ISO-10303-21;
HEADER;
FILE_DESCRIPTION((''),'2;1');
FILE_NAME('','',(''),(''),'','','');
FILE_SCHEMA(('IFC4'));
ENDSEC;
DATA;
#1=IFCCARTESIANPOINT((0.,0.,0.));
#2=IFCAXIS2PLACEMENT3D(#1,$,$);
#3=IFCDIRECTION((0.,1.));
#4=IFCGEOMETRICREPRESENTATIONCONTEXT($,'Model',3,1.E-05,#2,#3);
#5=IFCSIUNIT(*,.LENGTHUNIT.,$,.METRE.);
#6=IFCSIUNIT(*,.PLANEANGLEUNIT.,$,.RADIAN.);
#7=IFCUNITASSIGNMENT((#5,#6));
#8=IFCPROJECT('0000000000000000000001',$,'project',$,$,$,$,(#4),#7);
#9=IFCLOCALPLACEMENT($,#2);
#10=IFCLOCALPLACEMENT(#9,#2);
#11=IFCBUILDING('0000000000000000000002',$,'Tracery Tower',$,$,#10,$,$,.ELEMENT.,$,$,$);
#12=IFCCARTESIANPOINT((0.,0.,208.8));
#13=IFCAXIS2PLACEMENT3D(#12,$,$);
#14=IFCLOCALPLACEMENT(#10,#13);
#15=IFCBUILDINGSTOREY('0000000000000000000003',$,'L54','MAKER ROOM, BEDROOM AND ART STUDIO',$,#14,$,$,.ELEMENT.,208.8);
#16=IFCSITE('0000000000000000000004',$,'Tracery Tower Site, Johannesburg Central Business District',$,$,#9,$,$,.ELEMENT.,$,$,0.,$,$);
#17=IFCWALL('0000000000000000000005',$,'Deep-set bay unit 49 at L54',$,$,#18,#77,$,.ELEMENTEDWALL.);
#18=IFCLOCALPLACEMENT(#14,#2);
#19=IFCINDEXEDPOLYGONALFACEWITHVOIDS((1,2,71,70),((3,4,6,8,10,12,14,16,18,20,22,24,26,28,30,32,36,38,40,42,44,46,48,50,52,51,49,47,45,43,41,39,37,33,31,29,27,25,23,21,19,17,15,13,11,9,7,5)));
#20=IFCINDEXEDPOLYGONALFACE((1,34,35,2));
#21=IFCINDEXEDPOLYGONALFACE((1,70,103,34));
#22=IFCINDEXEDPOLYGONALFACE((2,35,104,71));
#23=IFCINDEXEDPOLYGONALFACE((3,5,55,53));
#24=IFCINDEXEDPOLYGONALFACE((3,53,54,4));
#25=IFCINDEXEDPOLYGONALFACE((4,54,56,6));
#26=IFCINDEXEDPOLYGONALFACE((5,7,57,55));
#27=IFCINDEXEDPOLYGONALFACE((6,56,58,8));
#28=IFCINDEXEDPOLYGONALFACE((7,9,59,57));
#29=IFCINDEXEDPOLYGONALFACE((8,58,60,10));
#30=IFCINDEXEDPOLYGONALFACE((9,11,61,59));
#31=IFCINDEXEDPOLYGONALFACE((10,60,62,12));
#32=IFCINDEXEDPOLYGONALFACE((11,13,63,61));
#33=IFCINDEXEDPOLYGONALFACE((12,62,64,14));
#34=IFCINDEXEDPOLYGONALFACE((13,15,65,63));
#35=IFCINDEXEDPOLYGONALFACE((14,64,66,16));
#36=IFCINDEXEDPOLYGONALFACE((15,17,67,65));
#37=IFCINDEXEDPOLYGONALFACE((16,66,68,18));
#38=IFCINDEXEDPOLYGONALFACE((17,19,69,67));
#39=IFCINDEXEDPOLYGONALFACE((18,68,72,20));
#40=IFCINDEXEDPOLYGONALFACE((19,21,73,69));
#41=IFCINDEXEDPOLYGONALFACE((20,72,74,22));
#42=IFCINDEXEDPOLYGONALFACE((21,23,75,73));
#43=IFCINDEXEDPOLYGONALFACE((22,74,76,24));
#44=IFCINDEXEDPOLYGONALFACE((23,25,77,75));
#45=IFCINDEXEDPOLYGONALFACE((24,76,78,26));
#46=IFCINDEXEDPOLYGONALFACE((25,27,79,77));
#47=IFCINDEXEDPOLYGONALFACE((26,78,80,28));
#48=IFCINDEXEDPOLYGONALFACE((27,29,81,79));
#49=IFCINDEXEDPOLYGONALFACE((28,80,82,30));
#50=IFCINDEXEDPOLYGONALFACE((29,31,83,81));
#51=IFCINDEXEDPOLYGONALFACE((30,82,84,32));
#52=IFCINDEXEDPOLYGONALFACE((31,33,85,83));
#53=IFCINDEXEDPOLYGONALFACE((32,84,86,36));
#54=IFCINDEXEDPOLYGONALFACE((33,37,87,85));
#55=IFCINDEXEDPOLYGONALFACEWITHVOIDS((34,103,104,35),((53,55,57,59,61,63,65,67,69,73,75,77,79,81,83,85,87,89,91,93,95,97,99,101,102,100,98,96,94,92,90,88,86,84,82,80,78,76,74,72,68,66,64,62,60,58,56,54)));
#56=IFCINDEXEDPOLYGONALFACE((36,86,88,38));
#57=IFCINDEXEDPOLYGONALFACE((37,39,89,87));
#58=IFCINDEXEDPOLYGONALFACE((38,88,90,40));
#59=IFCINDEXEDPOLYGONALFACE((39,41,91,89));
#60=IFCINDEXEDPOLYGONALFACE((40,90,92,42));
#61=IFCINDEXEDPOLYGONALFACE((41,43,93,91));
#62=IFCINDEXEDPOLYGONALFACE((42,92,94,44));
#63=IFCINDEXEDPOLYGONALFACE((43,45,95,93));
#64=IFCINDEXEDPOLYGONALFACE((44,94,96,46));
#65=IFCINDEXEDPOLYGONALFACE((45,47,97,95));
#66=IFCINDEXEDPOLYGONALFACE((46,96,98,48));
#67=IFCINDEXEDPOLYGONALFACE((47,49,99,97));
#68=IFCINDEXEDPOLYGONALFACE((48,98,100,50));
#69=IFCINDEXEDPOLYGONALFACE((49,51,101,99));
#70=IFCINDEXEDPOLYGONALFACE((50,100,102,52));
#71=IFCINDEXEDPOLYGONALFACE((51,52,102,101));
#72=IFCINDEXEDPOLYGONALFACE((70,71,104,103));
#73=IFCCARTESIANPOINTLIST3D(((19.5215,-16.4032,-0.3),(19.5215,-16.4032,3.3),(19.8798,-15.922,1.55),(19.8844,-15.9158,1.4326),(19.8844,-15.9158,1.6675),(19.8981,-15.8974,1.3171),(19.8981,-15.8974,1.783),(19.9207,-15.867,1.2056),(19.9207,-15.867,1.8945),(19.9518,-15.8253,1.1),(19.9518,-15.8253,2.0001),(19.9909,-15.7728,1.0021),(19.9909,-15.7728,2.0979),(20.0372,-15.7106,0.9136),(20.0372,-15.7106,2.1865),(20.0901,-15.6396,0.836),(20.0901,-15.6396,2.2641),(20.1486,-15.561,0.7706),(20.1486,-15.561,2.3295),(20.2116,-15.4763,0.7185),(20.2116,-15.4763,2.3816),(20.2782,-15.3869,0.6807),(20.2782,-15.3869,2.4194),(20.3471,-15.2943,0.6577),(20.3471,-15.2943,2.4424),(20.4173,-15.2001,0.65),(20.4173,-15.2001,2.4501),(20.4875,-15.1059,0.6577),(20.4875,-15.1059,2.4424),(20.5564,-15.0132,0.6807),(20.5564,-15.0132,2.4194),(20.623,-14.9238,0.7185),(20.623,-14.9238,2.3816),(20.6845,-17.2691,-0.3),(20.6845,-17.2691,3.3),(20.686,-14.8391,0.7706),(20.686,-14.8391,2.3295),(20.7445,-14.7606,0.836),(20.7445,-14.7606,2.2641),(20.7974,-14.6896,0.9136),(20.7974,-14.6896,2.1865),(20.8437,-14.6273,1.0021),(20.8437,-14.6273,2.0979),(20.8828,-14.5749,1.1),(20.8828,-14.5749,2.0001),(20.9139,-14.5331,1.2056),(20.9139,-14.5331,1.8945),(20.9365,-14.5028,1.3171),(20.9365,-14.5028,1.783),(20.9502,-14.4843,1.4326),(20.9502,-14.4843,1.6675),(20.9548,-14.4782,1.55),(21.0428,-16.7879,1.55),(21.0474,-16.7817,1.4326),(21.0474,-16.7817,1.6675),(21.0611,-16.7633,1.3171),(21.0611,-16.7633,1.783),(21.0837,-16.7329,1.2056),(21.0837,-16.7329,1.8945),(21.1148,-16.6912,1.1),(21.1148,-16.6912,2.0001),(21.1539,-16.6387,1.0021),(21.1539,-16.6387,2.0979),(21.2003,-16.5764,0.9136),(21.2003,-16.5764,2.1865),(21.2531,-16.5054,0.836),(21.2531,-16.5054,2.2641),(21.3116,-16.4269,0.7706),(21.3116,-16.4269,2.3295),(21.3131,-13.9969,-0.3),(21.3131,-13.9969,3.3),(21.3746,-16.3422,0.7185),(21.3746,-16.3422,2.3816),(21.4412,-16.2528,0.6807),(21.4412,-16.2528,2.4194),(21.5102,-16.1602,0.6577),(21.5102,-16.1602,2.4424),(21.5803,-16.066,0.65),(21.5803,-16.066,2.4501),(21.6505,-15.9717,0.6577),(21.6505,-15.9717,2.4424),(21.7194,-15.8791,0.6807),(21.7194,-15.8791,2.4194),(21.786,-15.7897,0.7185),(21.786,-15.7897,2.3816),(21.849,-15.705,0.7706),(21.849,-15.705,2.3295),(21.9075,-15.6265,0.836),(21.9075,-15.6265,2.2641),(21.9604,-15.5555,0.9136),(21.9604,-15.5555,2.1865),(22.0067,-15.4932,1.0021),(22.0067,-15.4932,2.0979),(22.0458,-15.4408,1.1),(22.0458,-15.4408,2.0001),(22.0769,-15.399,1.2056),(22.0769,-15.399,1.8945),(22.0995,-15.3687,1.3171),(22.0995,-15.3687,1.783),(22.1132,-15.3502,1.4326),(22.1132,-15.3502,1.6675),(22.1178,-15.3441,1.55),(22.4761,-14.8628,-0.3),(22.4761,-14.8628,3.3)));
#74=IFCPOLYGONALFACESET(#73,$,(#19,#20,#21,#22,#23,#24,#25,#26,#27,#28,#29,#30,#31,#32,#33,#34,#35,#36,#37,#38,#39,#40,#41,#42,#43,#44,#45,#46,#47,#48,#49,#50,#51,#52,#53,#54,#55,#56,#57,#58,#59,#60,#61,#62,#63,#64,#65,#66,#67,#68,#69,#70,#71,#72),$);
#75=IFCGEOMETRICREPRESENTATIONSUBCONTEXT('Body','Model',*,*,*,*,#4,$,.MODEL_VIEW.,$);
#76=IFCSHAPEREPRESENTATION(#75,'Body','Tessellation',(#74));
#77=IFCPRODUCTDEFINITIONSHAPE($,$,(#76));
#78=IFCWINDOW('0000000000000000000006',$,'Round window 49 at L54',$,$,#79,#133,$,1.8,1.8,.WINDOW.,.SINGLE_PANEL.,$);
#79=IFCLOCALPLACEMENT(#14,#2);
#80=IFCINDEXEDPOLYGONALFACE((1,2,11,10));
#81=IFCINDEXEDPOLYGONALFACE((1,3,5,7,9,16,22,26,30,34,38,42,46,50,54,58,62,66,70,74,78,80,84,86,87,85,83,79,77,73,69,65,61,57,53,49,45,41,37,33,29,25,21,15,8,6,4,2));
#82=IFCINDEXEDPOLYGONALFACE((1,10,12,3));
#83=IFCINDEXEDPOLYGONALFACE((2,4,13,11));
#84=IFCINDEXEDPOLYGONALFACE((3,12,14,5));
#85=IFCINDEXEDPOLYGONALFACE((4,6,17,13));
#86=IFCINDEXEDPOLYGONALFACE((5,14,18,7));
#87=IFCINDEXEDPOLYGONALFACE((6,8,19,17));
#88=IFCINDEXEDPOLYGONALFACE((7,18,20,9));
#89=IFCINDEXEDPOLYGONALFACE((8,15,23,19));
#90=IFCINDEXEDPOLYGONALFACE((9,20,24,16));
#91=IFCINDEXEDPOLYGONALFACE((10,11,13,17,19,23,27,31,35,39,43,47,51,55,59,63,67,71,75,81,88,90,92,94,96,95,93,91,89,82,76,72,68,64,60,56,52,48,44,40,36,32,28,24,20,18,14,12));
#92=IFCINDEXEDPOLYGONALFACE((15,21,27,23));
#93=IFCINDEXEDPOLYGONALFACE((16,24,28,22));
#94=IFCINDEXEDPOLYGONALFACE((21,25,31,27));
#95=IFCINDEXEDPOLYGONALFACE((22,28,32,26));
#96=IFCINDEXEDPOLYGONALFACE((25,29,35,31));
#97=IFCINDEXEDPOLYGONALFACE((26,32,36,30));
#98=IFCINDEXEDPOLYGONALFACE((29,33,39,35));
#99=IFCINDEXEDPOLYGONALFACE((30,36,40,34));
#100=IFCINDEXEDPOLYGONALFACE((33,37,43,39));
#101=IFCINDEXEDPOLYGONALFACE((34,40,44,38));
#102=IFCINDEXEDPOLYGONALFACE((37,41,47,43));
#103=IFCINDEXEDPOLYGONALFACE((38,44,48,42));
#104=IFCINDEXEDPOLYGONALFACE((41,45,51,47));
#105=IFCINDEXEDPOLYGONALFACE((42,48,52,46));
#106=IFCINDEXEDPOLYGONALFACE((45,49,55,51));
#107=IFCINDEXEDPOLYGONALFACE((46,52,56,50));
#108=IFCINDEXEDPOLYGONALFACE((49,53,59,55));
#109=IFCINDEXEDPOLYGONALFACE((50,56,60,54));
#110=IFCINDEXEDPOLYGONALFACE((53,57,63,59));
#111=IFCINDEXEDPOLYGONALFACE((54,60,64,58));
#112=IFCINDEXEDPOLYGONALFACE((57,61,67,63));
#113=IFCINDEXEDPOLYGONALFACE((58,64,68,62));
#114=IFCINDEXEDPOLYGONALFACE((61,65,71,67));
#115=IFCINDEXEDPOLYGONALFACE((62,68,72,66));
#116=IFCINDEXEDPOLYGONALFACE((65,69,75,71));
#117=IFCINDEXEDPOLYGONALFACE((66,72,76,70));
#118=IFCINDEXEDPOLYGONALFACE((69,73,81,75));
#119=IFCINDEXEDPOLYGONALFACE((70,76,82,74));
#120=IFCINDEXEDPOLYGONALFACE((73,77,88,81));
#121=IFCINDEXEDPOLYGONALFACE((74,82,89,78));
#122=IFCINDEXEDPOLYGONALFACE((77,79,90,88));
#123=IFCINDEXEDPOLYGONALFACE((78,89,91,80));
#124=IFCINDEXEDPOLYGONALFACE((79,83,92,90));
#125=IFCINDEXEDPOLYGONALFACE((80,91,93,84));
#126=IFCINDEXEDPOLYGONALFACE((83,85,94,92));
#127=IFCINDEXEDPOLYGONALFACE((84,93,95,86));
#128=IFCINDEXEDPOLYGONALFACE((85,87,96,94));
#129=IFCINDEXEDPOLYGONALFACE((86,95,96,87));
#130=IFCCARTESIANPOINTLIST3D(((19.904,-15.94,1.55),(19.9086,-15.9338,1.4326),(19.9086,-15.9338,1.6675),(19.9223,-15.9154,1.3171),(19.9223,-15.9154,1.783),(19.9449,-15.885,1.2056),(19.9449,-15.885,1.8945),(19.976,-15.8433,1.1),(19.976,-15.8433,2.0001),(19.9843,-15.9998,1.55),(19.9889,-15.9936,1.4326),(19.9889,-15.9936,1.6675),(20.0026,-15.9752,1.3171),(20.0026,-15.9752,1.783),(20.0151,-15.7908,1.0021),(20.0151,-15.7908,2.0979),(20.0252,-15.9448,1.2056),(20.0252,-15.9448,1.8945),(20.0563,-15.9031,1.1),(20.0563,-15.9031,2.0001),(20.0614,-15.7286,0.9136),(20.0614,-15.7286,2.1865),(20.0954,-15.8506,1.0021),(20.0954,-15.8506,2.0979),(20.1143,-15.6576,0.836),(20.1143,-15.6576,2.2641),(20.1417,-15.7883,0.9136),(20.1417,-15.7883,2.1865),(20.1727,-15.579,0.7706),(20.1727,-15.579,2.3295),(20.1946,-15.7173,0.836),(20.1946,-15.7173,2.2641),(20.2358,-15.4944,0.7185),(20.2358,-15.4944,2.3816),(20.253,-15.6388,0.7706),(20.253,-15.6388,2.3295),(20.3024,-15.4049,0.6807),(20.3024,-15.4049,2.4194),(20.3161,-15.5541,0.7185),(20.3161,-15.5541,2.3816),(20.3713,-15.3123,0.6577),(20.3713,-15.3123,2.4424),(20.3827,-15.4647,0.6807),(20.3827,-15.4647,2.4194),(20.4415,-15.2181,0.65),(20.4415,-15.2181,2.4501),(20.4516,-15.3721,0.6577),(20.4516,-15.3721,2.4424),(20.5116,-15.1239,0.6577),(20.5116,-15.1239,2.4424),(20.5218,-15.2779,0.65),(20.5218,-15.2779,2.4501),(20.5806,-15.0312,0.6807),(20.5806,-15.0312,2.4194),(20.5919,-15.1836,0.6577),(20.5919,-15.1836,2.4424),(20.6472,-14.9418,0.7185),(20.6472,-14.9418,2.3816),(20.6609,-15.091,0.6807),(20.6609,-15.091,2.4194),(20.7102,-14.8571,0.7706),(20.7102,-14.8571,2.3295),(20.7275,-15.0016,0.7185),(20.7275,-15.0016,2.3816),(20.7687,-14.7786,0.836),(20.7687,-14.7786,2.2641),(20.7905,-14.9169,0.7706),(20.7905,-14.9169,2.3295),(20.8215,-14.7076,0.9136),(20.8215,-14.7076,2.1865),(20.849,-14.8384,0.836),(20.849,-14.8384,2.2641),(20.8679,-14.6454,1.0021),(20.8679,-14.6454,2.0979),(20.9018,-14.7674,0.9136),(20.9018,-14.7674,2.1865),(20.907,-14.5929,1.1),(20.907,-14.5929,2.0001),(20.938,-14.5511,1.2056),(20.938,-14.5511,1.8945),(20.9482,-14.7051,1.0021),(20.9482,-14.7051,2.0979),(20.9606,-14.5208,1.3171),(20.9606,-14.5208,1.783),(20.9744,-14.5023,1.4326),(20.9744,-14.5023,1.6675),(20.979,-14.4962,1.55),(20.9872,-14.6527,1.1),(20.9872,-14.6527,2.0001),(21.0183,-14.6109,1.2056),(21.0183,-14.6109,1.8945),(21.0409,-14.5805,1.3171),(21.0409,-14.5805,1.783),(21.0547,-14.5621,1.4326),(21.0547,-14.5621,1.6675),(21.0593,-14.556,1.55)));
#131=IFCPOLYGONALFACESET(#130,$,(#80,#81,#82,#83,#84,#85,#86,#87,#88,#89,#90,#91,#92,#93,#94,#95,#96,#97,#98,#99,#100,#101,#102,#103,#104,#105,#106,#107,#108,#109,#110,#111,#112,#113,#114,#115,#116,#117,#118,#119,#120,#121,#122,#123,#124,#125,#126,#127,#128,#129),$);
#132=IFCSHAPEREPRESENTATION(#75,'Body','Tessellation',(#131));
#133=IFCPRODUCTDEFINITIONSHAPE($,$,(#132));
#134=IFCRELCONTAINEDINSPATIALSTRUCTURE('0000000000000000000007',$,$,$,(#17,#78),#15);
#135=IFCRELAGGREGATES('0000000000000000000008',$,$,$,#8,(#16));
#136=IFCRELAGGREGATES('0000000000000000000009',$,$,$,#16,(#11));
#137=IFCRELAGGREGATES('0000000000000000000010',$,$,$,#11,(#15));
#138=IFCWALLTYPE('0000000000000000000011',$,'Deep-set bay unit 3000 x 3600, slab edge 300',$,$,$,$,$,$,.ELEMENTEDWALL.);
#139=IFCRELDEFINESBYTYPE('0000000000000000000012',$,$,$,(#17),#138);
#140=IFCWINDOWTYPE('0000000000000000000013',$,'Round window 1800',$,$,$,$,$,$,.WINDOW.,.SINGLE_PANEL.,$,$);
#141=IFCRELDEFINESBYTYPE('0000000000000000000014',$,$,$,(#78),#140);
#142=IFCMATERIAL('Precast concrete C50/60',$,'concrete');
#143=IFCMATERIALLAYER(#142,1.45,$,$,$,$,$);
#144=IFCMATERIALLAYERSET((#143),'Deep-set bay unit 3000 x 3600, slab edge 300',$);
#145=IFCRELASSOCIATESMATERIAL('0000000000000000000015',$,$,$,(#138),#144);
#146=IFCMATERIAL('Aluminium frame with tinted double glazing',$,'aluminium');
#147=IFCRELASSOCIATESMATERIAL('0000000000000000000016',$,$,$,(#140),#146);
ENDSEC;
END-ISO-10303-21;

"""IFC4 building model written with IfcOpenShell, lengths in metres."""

from ifc_helpers import new_model, si_unit, direction, frame, frame_2d, origin, origin_2d, place, context, subcontext, project, spatial, rectangle, circle, extrude, material, layer, layer_set, type_object, element, fill, save


model = new_model("IFC4")

# Units and contexts
model_context = context("Model", 3, precision=1e-05, world=origin(), true_north=direction((0.0, 1.0)))
body_context = subcontext(model_context, "Body", "Model", "MODEL_VIEW")
ifc_project = project(units=[si_unit("LENGTHUNIT", "METRE"), si_unit("PLANEANGLEUNIT", "RADIAN")], contexts=[model_context])

# Site, building, storey
site_placement = place(None, origin())
site = spatial("IfcSite", under=ifc_project, at=site_placement, Name="Tracery Tower Site, Johannesburg Central Business District", CompositionType="ELEMENT", RefElevation=0.0)
building_placement = place(site_placement, origin())
building = spatial("IfcBuilding", under=site, at=building_placement, Name="Tracery Tower", CompositionType="ELEMENT")
storey_placement = place(building_placement, frame((0.0, 0.0, 208.8)))
storey = spatial("IfcBuildingStorey", under=building, at=storey_placement, Name="L54", Description="MAKER ROOM, BEDROOM AND ART STUDIO", CompositionType="ELEMENT", Elevation=208.8)

# Wall, opening, window
ifc_material_1 = material(Name="Precast concrete C50/60", Category="concrete")
ifc_layer_1 = layer(ifc_material_1, 1.45)
ifc_layer_set_1 = layer_set([ifc_layer_1], Name="Deep-set bay unit 3000 x 3600, slab edge 300")
wall_type_1 = type_object("IfcWallType", Name="Deep-set bay unit 3000 x 3600, slab edge 300", PredefinedType="ELEMENTEDWALL", material=ifc_layer_set_1)
ifc_material_2 = material(Name="Aluminium frame with tinted double glazing", Category="aluminium")
window_type = type_object("IfcWindowType", Name="Round window 1800", PartitioningType="SINGLE_PANEL", PredefinedType="WINDOW", material=ifc_material_2)
wall_1_placement = place(storey_placement, frame((20.103, -16.8362, -0.3), z_axis=(0.0, 0.0, 1.0), x_axis=(0.597184, 0.802104, 0.0)))
wall_1 = element("IfcWall", 1, at=wall_1_placement, inside=storey, type_object=wall_type_1, Name="Deep-set bay unit 49 at L54", PredefinedType="ELEMENTEDWALL", context=body_context, shape_type="SweptSolid", body=[
    extrude(rectangle(XDim=3.0, YDim=1.45, at=frame_2d((1.5, 0.0))), origin(), (0.0, 0.0, 1.0), 3.6001),
])
opening_1_placement = place(wall_1_placement, frame((1.5, 0.0, 1.8501)))
opening_1 = element("IfcOpeningElement", 2, at=opening_1_placement, cuts=wall_1, PredefinedType="OPENING", context=body_context, shape_type="SweptSolid", body=[
    extrude(circle(Radius=0.9, at=origin_2d()), frame((0.0, 0.7349, 0.0), z_axis=(0.0, -1.0, 0.0), x_axis=(1.0, 0.0, 0.0)), (0.0, 0.0, 1.0), 1.47),
])
window_1_placement = place(opening_1_placement, origin())
window_1 = element("IfcWindow", 3, at=window_1_placement, inside=storey, type_object=window_type, Name="Round window 49 at L54", OverallHeight=1.8, OverallWidth=1.8, PartitioningType="SINGLE_PANEL", PredefinedType="WINDOW", context=body_context, shape_type="SweptSolid", body=[
    extrude(circle(Radius=0.9, at=origin_2d()), frame((0.0, 0.6948, 0.0), z_axis=(0.0, -1.0, 0.0), x_axis=(1.0, 0.0, 0.0)), (0.0, 0.0, 1.0), 0.1001),
])
fill(opening_1, window_1)

save(model, "model.ifc")
